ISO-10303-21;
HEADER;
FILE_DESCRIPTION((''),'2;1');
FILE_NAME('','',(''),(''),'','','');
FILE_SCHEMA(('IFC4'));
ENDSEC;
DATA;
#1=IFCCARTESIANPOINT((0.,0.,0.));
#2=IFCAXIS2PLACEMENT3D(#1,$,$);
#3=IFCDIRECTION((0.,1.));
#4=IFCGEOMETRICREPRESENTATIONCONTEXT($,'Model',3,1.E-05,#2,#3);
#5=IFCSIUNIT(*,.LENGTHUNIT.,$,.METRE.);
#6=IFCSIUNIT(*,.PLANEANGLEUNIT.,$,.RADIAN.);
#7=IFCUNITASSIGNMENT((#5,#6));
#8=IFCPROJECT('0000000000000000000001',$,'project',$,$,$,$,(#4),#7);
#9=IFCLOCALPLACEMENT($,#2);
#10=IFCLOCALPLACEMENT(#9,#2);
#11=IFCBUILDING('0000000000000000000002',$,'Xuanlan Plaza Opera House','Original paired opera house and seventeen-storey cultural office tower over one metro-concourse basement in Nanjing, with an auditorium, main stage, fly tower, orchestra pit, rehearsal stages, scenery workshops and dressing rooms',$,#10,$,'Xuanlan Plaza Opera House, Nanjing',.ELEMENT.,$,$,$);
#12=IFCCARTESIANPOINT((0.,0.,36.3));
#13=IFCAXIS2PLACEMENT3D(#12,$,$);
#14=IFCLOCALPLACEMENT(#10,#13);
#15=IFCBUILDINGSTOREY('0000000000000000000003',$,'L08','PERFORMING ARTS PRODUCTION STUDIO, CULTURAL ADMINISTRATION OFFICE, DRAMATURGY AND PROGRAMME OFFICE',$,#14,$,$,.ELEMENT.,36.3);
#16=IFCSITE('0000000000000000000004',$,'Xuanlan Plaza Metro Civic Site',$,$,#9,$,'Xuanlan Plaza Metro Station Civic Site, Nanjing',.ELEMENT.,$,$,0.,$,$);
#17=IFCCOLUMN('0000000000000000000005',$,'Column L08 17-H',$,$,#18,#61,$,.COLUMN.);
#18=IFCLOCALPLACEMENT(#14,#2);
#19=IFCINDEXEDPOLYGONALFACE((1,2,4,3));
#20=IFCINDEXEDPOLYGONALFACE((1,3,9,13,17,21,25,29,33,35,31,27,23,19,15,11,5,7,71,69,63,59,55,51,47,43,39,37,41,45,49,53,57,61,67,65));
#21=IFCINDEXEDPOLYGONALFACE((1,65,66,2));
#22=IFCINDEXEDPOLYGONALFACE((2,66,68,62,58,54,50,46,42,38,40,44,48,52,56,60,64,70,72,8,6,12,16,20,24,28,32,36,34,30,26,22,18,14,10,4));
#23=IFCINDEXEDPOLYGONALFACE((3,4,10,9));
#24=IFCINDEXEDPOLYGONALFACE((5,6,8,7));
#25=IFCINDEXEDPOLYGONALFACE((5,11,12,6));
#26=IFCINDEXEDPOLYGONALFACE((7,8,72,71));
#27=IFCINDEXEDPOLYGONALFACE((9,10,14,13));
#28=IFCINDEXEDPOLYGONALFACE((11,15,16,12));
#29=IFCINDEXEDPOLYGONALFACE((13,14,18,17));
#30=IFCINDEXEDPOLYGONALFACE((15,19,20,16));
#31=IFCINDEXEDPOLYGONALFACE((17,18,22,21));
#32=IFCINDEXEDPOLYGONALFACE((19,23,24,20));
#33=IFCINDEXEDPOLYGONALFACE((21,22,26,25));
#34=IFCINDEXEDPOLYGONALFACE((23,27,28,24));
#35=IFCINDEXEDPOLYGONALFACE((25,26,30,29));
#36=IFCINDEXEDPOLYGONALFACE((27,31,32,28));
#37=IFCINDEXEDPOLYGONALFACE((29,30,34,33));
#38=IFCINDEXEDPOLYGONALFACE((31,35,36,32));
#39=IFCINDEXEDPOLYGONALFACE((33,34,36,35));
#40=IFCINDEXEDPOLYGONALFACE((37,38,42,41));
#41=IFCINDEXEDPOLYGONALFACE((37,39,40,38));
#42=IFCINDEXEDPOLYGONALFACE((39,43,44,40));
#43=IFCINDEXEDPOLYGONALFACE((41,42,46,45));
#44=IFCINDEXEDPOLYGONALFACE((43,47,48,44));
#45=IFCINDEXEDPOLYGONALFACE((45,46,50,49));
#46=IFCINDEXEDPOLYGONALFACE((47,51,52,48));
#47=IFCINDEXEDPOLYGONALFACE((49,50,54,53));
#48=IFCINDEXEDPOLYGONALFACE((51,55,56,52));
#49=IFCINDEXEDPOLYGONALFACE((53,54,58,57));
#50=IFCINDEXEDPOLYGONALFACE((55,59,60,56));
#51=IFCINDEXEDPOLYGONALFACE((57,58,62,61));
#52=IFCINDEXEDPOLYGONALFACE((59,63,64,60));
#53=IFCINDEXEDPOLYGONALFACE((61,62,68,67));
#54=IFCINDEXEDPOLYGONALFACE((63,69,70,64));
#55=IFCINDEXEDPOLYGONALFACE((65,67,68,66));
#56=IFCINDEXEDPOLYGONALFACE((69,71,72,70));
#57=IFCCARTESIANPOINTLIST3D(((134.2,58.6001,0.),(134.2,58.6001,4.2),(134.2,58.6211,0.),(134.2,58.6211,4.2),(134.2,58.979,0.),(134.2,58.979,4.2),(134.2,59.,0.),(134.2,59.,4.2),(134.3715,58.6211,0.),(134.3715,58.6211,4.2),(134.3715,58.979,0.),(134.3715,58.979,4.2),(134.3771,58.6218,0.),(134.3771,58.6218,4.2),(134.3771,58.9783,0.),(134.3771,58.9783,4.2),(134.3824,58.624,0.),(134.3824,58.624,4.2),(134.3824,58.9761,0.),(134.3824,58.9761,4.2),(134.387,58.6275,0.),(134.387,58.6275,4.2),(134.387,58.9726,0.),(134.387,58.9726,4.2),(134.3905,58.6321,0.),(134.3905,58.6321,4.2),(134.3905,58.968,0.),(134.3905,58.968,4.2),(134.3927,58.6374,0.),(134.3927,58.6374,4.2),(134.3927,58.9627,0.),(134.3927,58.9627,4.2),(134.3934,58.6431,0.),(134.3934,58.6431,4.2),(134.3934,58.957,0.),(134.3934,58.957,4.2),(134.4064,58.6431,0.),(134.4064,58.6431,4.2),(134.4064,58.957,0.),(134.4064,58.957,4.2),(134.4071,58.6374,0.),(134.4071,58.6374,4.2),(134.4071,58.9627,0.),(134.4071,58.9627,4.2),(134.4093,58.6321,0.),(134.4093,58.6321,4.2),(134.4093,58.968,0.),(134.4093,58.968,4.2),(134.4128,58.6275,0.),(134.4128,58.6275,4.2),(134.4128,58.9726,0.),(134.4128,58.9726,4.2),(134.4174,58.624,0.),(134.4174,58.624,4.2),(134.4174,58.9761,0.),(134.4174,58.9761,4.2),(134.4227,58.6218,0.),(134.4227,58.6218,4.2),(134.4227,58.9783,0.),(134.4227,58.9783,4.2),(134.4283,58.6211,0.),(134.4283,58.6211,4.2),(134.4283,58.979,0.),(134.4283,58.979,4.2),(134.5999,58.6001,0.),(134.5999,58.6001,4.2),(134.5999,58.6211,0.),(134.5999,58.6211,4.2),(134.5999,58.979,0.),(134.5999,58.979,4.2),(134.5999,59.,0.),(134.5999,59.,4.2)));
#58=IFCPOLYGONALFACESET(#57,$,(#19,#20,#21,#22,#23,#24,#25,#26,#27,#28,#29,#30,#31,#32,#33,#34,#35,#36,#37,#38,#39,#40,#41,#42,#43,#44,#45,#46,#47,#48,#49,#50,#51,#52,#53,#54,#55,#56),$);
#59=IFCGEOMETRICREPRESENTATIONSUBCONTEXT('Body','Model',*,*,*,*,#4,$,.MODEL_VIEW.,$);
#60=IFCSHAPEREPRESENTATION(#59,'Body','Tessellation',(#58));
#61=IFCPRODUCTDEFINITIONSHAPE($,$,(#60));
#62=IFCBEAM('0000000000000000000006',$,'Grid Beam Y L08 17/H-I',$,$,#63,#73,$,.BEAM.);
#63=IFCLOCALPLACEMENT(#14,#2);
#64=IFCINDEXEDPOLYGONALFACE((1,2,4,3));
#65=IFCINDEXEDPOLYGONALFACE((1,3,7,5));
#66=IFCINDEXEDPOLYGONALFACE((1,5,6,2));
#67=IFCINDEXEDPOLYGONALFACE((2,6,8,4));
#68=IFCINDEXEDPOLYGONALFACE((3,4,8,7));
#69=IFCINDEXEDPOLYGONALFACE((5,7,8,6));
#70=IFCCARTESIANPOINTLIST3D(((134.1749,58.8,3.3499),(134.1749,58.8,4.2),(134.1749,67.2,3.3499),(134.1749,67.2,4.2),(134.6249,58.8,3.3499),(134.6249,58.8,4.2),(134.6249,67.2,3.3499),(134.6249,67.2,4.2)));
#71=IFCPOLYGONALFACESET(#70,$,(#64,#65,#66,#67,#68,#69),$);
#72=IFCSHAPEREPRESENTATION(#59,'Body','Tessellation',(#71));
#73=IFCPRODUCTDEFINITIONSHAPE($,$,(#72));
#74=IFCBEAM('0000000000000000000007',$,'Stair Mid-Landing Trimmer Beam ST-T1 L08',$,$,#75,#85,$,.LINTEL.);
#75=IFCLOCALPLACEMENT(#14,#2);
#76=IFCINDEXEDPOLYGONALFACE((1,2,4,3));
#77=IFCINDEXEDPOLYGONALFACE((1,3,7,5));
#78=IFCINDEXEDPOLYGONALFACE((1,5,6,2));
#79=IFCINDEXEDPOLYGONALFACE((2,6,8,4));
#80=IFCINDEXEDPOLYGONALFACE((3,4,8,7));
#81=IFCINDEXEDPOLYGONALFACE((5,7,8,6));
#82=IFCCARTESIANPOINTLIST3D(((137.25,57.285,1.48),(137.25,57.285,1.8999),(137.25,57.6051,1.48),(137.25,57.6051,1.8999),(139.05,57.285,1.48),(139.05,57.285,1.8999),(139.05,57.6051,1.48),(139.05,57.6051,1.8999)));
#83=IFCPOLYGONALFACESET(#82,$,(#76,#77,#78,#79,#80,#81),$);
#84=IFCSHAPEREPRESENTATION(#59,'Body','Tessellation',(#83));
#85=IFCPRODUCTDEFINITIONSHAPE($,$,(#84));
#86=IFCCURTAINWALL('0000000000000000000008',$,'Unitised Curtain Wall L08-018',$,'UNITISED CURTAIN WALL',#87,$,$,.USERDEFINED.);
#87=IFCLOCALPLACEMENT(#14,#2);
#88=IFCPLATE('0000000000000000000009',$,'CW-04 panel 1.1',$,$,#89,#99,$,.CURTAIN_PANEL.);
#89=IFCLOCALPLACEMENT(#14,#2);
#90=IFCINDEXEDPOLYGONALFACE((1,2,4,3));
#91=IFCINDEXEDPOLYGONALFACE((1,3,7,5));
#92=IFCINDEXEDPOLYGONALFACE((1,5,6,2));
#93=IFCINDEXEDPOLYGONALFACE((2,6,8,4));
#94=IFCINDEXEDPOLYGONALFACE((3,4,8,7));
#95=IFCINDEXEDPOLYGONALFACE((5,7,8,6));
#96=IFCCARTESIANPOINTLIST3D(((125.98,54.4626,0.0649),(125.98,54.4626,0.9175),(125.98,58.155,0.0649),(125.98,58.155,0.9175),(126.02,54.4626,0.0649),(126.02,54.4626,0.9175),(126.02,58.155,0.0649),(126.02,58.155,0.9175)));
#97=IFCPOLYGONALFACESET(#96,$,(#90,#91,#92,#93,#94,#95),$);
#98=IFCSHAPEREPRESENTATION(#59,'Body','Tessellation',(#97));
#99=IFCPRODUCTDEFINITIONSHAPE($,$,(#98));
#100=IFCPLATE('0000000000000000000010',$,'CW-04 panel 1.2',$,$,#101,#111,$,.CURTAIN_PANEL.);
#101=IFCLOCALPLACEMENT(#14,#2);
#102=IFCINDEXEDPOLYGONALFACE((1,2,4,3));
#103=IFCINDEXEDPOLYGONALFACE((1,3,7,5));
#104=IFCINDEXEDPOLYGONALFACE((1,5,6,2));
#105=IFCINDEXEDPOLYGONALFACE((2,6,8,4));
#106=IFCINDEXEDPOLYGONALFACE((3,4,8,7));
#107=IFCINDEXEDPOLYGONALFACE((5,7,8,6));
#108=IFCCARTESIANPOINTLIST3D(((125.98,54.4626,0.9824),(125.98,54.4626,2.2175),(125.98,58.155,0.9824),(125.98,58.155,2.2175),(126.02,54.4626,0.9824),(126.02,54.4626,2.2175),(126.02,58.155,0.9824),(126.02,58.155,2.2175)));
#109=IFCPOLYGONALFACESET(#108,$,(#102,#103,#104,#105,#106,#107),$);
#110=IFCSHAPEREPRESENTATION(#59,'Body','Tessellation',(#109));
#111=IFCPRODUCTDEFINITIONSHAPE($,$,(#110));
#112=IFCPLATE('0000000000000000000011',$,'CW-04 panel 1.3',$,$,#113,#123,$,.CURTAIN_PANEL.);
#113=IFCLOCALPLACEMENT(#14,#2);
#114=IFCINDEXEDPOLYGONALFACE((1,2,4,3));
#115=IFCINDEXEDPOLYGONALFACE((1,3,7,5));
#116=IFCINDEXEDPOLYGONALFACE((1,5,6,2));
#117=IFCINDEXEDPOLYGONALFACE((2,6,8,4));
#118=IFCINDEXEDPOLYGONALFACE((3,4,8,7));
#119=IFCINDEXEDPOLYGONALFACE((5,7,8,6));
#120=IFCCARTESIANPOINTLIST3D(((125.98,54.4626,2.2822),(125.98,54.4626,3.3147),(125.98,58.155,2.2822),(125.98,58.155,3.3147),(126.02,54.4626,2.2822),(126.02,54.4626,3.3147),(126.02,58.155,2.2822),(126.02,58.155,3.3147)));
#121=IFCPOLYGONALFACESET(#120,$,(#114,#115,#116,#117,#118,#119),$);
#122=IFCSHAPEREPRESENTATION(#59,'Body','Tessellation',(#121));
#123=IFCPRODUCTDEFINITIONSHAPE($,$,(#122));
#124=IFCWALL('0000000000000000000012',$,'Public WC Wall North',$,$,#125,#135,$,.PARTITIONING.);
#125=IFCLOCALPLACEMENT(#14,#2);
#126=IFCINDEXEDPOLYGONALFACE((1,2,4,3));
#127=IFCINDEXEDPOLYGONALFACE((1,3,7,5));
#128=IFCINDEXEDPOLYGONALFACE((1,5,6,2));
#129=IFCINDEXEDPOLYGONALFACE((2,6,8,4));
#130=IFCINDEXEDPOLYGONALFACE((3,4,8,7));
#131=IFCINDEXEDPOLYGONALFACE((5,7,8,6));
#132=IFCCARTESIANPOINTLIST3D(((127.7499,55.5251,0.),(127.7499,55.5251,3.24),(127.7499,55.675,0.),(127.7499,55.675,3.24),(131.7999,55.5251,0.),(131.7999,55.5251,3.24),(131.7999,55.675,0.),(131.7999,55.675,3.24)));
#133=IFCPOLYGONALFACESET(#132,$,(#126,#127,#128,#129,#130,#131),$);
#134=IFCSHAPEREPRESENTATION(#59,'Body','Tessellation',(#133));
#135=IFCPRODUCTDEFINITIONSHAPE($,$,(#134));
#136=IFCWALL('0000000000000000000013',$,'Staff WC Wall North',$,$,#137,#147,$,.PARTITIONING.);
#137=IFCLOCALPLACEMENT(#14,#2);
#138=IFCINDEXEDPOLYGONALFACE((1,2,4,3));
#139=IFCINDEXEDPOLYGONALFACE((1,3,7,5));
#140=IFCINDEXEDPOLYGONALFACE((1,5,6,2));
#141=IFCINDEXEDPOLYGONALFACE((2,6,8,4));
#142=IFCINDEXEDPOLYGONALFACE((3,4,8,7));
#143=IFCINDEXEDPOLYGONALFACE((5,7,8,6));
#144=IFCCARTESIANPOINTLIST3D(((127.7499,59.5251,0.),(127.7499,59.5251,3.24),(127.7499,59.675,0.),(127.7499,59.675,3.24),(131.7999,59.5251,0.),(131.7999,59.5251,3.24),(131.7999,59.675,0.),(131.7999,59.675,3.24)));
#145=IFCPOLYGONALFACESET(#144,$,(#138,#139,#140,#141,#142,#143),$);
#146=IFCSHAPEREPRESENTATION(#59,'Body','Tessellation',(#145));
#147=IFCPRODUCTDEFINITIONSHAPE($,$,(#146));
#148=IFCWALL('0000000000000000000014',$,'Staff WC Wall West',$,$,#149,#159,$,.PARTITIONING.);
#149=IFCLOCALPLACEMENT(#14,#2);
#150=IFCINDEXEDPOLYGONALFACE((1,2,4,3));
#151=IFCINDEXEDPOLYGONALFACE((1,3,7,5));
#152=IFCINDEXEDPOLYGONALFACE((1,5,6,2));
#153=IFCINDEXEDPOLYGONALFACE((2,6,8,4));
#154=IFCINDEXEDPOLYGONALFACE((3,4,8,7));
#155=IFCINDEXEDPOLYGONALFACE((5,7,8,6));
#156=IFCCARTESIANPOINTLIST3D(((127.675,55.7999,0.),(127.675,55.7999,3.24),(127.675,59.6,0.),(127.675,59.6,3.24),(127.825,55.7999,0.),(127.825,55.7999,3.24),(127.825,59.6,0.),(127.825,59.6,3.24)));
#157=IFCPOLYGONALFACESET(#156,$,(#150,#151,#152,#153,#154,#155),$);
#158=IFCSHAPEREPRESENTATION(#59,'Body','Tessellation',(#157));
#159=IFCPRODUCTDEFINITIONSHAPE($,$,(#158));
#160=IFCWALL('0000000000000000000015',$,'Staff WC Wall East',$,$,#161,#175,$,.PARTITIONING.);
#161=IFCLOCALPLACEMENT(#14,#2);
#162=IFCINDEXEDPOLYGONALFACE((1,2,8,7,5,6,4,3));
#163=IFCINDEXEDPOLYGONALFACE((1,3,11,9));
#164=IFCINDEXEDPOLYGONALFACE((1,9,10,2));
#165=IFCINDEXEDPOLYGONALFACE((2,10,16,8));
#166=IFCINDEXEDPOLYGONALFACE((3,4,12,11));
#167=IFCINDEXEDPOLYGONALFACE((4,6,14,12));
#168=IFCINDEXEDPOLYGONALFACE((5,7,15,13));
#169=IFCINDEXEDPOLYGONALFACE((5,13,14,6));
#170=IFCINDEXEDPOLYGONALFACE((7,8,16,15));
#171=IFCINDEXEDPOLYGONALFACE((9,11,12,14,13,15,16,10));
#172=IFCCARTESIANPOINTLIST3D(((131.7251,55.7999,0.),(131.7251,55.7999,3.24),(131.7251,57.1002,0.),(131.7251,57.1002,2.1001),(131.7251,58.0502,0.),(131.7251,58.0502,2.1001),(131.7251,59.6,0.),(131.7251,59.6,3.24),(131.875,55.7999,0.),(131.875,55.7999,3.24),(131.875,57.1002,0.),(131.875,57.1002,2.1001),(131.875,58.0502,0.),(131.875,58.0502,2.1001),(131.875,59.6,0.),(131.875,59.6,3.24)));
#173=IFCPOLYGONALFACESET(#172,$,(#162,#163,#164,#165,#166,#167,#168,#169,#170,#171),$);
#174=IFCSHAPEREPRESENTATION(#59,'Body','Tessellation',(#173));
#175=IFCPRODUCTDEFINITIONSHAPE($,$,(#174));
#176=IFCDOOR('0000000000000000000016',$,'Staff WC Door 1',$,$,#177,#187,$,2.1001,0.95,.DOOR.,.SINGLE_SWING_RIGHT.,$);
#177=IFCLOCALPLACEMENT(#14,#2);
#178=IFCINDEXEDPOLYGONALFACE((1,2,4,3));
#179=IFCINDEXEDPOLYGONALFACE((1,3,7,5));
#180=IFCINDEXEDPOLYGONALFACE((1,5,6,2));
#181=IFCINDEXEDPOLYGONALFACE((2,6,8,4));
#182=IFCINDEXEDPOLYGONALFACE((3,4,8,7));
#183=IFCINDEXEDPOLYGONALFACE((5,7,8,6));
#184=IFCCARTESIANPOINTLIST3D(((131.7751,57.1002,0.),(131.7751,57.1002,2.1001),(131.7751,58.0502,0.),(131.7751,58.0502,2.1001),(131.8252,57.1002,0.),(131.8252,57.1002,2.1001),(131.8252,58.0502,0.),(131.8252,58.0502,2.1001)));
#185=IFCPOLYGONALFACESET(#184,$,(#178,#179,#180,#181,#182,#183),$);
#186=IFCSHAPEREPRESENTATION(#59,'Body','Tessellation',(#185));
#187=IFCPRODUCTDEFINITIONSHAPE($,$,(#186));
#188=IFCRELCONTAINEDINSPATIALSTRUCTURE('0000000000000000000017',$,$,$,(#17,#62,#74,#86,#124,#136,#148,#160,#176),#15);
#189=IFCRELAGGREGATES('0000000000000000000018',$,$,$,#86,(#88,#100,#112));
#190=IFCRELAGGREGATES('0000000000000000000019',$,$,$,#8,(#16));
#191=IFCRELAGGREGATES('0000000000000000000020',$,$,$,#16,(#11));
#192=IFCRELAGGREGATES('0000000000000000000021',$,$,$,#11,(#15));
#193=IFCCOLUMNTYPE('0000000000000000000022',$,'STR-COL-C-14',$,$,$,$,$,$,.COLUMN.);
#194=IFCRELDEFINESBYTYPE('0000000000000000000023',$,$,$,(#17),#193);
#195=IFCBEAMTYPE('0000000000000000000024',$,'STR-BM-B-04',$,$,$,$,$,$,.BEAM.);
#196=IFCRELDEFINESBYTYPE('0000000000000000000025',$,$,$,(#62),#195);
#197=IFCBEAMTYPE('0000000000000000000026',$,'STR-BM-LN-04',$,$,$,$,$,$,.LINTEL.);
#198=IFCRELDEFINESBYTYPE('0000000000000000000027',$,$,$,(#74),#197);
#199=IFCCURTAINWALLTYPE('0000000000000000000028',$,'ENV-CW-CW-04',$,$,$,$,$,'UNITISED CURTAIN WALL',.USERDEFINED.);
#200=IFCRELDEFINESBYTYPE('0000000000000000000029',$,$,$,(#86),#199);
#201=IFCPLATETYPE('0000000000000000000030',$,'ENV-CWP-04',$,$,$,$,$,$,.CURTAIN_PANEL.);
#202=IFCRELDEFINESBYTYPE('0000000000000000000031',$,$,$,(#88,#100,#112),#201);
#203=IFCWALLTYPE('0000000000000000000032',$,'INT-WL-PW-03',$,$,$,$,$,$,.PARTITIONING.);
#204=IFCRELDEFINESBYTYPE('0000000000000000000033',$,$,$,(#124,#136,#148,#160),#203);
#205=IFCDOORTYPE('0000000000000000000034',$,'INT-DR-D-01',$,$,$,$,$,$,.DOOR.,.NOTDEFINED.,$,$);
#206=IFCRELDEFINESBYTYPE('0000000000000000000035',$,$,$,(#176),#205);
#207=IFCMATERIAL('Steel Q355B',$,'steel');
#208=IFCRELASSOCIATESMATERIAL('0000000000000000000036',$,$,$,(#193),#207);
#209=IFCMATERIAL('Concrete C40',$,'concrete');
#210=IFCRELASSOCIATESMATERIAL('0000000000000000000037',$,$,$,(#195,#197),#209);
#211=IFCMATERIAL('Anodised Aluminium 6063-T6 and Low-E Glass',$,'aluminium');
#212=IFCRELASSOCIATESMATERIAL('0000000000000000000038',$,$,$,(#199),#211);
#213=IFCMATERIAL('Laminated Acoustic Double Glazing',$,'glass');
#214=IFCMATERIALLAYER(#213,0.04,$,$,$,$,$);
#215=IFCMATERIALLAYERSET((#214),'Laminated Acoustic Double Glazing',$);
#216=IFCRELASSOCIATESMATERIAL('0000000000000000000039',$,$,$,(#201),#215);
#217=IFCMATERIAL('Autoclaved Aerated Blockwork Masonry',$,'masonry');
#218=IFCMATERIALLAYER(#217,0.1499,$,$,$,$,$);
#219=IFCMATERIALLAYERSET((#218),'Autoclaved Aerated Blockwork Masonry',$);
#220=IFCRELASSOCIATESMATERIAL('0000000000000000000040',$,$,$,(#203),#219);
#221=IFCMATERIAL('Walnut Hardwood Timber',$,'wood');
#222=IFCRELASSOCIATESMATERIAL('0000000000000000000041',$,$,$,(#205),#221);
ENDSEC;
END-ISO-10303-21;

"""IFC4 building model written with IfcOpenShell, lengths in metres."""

from ifc_helpers import new_model, si_unit, direction, frame, frame_2d, origin, origin_2d, place, context, subcontext, project, spatial, rectangle, i_section, extrude, material, layer, layer_set, material_profile, profile_set, type_object, element, fill, aggregate, save


model = new_model("IFC4")

# Units and contexts
model_context = context("Model", 3, precision=1e-05, world=origin(), true_north=direction((0.0, 1.0)))
body_context = subcontext(model_context, "Body", "Model", "MODEL_VIEW")
ifc_project = project(units=[si_unit("LENGTHUNIT", "METRE"), si_unit("PLANEANGLEUNIT", "RADIAN")], contexts=[model_context])

# Site, building, storey
site_placement = place(None, origin())
site = spatial("IfcSite", under=ifc_project, at=site_placement, Name="Xuanlan Plaza Metro Civic Site", LongName="Xuanlan Plaza Metro Station Civic Site, Nanjing", CompositionType="ELEMENT", RefElevation=0.0)
building_placement = place(site_placement, origin())
building = spatial("IfcBuilding", under=site, at=building_placement, Name="Xuanlan Plaza Opera House", Description="Original paired opera house and seventeen-storey cultural office tower over one metro-concourse basement in Nanjing, with an auditorium, main stage, fly tower, orchestra pit, rehearsal stages, scenery workshops and dressing rooms", LongName="Xuanlan Plaza Opera House, Nanjing", CompositionType="ELEMENT")
storey_placement = place(building_placement, frame((0.0, 0.0, 36.3)))
storey = spatial("IfcBuildingStorey", under=building, at=storey_placement, Name="L08", Description="PERFORMING ARTS PRODUCTION STUDIO, CULTURAL ADMINISTRATION OFFICE, DRAMATURGY AND PROGRAMME OFFICE", CompositionType="ELEMENT", Elevation=36.3)

# Column
ifc_material_1 = material(Name="Steel Q355B", Category="steel")
ifc_material_profile_1 = material_profile(ifc_material_1, i_section(OverallWidth=0.3999, OverallDepth=0.3999, WebThickness=0.0129, FlangeThickness=0.021, FilletRadius=0.022, at=origin_2d()), Name="HW 400x400x13x21")
ifc_profile_set_1 = profile_set([ifc_material_profile_1], Name="Steel Q355B")
column_type = type_object("IfcColumnType", Name="STR-COL-C-14", PredefinedType="COLUMN", material=ifc_profile_set_1)
column_placement = place(storey_placement, frame((134.3999, 58.8, 0.0), z_axis=(0.0, 0.0, 1.0), x_axis=(1.0, 0.0, 0.0)))
element("IfcColumn", 1, at=column_placement, inside=storey, type_object=column_type, Name="Column L08 17-H", PredefinedType="COLUMN", context=body_context, shape_type="SweptSolid", body=[
    extrude(i_section(OverallWidth=0.3999, OverallDepth=0.3999, WebThickness=0.0129, FlangeThickness=0.021, FilletRadius=0.022, at=origin_2d()), origin(), (0.0, 0.0, 1.0), 4.2),
])

# Beams
ifc_material_2 = material(Name="Concrete C40", Category="concrete")
ifc_material_profile_2 = material_profile(ifc_material_2, rectangle(XDim=0.45, YDim=0.8501, at=origin_2d()), Name="RC-BM 450x850")
ifc_profile_set_2 = profile_set([ifc_material_profile_2], Name="Concrete C40")
beam_type_1 = type_object("IfcBeamType", Name="STR-BM-B-04", PredefinedType="BEAM", material=ifc_profile_set_2)
beam_1_placement = place(storey_placement, frame((134.3999, 58.8, 3.7749), z_axis=(0.0, 1.0, 0.0), x_axis=(-1.0, 0.0, 0.0)))
element("IfcBeam", 2, at=beam_1_placement, inside=storey, type_object=beam_type_1, Name="Grid Beam Y L08 17/H-I", PredefinedType="BEAM", context=body_context, shape_type="SweptSolid", body=[
    extrude(rectangle(XDim=0.45, YDim=0.8501, at=origin_2d()), origin(), (0.0, 0.0, 1.0), 8.3999),
])
ifc_material_profile_3 = material_profile(ifc_material_2, rectangle(XDim=0.3201, YDim=0.4199, at=origin_2d()), Name="RC-LNT 320x420")
ifc_profile_set_3 = profile_set([ifc_material_profile_3], Name="Concrete C40")
beam_type_2 = type_object("IfcBeamType", Name="STR-BM-LN-04", PredefinedType="LINTEL", material=ifc_profile_set_3)
beam_2_placement = place(storey_placement, frame((137.25, 57.4451, 1.6899), z_axis=(1.0, 0.0, 0.0), x_axis=(0.0, 1.0, 0.0)))
element("IfcBeam", 3, at=beam_2_placement, inside=storey, type_object=beam_type_2, Name="Stair Mid-Landing Trimmer Beam ST-T1 L08", PredefinedType="LINTEL", context=body_context, shape_type="SweptSolid", body=[
    extrude(rectangle(XDim=0.3201, YDim=0.4199, at=origin_2d()), origin(), (0.0, 0.0, 1.0), 1.8),
])

# Curtain wall, plates
ifc_material_3 = material(Name="Anodised Aluminium 6063-T6 and Low-E Glass", Category="aluminium")
curtain_wall_type = type_object("IfcCurtainWallType", Name="ENV-CW-CW-04", ElementType="UNITISED CURTAIN WALL", PredefinedType="USERDEFINED", material=ifc_material_3)
curtain_wall_placement = place(storey_placement, origin())
curtain_wall = element("IfcCurtainWall", 4, at=curtain_wall_placement, inside=storey, type_object=curtain_wall_type, Name="Unitised Curtain Wall L08-018", ObjectType="UNITISED CURTAIN WALL", PredefinedType="USERDEFINED")
ifc_material_4 = material(Name="Laminated Acoustic Double Glazing", Category="glass")
ifc_layer_1 = layer(ifc_material_4, 0.04)
ifc_layer_set_1 = layer_set([ifc_layer_1], Name="Laminated Acoustic Double Glazing")
plate_type = type_object("IfcPlateType", Name="ENV-CWP-04", PredefinedType="CURTAIN_PANEL", material=ifc_layer_set_1)
plate_1_placement = place(storey_placement, frame((126.0, 56.3088, 0.0649), z_axis=(0.0, 0.0, 1.0), x_axis=(0.0, -1.0, 0.0)))
plate_1 = element("IfcPlate", 5, at=plate_1_placement, type_object=plate_type, Name="CW-04 panel 1.1", PredefinedType="CURTAIN_PANEL", context=body_context, shape_type="SweptSolid", body=[
    extrude(rectangle(XDim=3.6924, YDim=0.04, at=origin_2d()), origin(), (0.0, 0.0, 1.0), 0.8525),
])
plate_2_placement = place(storey_placement, frame((126.0, 56.3088, 0.9824), z_axis=(0.0, 0.0, 1.0), x_axis=(0.0, -1.0, 0.0)))
plate_2 = element("IfcPlate", 6, at=plate_2_placement, type_object=plate_type, Name="CW-04 panel 1.2", PredefinedType="CURTAIN_PANEL", context=body_context, shape_type="SweptSolid", body=[
    extrude(rectangle(XDim=3.6924, YDim=0.04, at=origin_2d()), origin(), (0.0, 0.0, 1.0), 1.2351),
])
plate_3_placement = place(storey_placement, frame((126.0, 56.3088, 2.2822), z_axis=(0.0, 0.0, 1.0), x_axis=(0.0, -1.0, 0.0)))
plate_3 = element("IfcPlate", 7, at=plate_3_placement, type_object=plate_type, Name="CW-04 panel 1.3", PredefinedType="CURTAIN_PANEL", context=body_context, shape_type="SweptSolid", body=[
    extrude(rectangle(XDim=3.6924, YDim=0.04, at=origin_2d()), origin(), (0.0, 0.0, 1.0), 1.0325),
])
aggregate(curtain_wall, [plate_1, plate_2, plate_3])

# Walls
ifc_material_5 = material(Name="Autoclaved Aerated Blockwork Masonry", Category="masonry")
ifc_layer_2 = layer(ifc_material_5, 0.1499)
ifc_layer_set_2 = layer_set([ifc_layer_2], Name="Autoclaved Aerated Blockwork Masonry")
wall_type_1 = type_object("IfcWallType", Name="INT-WL-PW-03", PredefinedType="PARTITIONING", material=ifc_layer_set_2)
for number, where, z_axis, x_axis, name in (
    (8, (127.75, 55.6001, 0.0), (0.0, 0.0, 1.0), (1.0, 0.0, 0.0), "Public WC Wall North"),
    (9, (127.75, 59.6001, 0.0), (0.0, 0.0, 1.0), (1.0, 0.0, 0.0), "Staff WC Wall North"),
):
    element("IfcWall", number, at=place(storey_placement, frame(where, z_axis=z_axis, x_axis=x_axis)), inside=storey, type_object=wall_type_1, Name=name, PredefinedType="PARTITIONING", context=body_context, shape_type="SweptSolid", body=[
        extrude(rectangle(XDim=4.05, YDim=0.1499, at=frame_2d((2.0249, 0.0))), origin(), (0.0, 0.0, 1.0), 3.24),
    ])
wall_1_placement = place(storey_placement, frame((127.75, 55.8, 0.0), z_axis=(0.0, 0.0, 1.0), x_axis=(0.0, 1.0, 0.0)))
element("IfcWall", 10, at=wall_1_placement, inside=storey, type_object=wall_type_1, Name="Staff WC Wall West", PredefinedType="PARTITIONING", context=body_context, shape_type="SweptSolid", body=[
    extrude(rectangle(XDim=3.8, YDim=0.1499, at=frame_2d((1.8999, 0.0))), origin(), (0.0, 0.0, 1.0), 3.24),
])

# Wall, opening, door
wall_2_placement = place(storey_placement, frame((131.8, 55.8, 0.0), z_axis=(0.0, 0.0, 1.0), x_axis=(0.0, 1.0, 0.0)))
wall_2 = element("IfcWall", 11, at=wall_2_placement, inside=storey, type_object=wall_type_1, Name="Staff WC Wall East", PredefinedType="PARTITIONING", context=body_context, shape_type="SweptSolid", body=[
    extrude(rectangle(XDim=3.8, YDim=0.1499, at=frame_2d((1.8999, 0.0))), origin(), (0.0, 0.0, 1.0), 3.24),
])
opening_1_placement = place(wall_2_placement, frame((1.3, 0.0, 0.0)))
opening_1 = element("IfcOpeningElement", 12, at=opening_1_placement, cuts=wall_2, PredefinedType="OPENING", context=body_context, shape_type="SweptSolid", body=[
    extrude(rectangle(XDim=0.95, YDim=2.1001, at=frame_2d((0.4751, 1.05))), frame((0.0, 0.085, 0.0), z_axis=(0.0, -1.0, 0.0), x_axis=(1.0, 0.0, 0.0)), (0.0, 0.0, 1.0), 0.1699),
])
ifc_material_6 = material(Name="Walnut Hardwood Timber", Category="wood")
door_type_1 = type_object("IfcDoorType", Name="INT-DR-D-01", OperationType="NOTDEFINED", PredefinedType="DOOR", material=ifc_material_6)
door_1_placement = place(opening_1_placement, origin())
door_1 = element("IfcDoor", 13, at=door_1_placement, inside=storey, type_object=door_type_1, Name="Staff WC Door 1", OperationType="SINGLE_SWING_RIGHT", OverallHeight=2.1001, OverallWidth=0.95, PredefinedType="DOOR", context=body_context, shape_type="SweptSolid", body=[
    extrude(rectangle(XDim=0.95, YDim=2.1001, at=frame_2d((0.4751, 1.05))), frame((0.0, 0.0249, 0.0), z_axis=(0.0, -1.0, 0.0), x_axis=(1.0, 0.0, 0.0)), (0.0, 0.0, 1.0), 0.05),
])
fill(opening_1, door_1)

save(model, "model.ifc")
